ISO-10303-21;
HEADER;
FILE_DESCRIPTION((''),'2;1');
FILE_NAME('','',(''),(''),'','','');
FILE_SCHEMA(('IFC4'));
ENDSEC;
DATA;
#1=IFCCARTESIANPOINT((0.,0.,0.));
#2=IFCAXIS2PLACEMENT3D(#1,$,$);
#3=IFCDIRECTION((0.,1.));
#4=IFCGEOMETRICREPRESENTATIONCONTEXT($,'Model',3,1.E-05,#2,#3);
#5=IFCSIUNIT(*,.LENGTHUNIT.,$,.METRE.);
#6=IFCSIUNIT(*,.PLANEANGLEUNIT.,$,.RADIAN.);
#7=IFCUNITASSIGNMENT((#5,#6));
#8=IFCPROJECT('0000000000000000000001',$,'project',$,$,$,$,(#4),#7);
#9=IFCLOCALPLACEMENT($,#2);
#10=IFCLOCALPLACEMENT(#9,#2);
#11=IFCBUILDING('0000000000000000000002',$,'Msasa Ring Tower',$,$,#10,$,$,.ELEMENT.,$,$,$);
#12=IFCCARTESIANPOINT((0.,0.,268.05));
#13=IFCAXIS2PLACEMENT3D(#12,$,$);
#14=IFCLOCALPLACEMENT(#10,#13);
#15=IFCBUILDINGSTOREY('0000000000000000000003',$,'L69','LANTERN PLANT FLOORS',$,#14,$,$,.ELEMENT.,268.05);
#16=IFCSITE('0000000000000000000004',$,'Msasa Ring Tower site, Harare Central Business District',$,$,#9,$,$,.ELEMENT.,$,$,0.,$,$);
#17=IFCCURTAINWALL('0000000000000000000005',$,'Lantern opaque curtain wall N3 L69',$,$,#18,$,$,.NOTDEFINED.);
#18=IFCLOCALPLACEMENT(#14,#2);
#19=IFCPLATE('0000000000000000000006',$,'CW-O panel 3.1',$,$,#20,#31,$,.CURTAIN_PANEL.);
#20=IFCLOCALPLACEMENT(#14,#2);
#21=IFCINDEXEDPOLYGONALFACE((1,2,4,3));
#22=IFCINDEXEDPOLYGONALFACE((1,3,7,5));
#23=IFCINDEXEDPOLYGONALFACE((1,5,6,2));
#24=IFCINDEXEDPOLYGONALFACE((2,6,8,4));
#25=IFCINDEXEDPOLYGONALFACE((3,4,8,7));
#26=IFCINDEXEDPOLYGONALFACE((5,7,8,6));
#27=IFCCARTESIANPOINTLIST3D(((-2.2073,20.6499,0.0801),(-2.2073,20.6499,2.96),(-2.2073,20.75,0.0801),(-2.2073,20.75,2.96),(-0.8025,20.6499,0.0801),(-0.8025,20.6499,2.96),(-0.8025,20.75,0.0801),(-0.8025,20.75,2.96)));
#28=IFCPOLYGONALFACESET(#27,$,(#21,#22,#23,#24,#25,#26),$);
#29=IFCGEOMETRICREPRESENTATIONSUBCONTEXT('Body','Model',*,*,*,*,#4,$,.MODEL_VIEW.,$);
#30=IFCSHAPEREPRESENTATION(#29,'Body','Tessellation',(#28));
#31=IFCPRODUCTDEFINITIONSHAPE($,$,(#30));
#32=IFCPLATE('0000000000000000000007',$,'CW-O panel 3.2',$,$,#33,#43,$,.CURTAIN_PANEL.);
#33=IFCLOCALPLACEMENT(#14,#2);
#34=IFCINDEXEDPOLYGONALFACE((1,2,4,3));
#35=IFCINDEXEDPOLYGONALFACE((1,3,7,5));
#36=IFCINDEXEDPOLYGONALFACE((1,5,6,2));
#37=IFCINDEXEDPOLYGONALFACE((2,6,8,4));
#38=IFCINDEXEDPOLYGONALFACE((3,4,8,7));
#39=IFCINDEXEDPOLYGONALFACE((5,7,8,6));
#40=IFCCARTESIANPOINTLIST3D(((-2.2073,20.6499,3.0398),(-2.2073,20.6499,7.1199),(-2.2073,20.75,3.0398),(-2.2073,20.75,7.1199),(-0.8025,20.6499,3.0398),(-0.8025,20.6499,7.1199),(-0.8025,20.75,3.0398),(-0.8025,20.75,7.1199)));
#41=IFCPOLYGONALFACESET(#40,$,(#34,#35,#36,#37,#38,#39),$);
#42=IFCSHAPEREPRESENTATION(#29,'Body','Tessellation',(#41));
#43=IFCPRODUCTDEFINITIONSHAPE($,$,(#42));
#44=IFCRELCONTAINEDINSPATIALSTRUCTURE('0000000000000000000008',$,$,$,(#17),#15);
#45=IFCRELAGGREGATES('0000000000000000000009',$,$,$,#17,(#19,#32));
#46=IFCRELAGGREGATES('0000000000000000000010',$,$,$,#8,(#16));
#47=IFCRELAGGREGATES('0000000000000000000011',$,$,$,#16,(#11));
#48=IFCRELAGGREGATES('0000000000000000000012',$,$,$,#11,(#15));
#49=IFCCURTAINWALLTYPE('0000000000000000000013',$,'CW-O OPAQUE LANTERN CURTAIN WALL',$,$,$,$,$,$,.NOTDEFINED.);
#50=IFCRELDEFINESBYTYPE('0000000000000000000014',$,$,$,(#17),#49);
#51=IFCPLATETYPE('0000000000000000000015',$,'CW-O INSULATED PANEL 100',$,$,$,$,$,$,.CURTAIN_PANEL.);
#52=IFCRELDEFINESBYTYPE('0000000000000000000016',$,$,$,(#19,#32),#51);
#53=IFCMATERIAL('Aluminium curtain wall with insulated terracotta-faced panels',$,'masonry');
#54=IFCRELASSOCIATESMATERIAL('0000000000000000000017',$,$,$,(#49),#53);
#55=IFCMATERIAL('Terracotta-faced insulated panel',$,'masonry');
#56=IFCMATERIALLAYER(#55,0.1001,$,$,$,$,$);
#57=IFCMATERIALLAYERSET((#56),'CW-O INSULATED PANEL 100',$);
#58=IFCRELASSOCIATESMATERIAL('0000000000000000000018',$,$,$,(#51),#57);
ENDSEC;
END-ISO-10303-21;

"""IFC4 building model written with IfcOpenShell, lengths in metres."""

from ifc_helpers import new_model, si_unit, direction, frame, origin, origin_2d, place, context, subcontext, project, spatial, rectangle, extrude, material, layer, layer_set, type_object, element, aggregate, save


model = new_model("IFC4")

# Units and contexts
model_context = context("Model", 3, precision=1e-05, world=origin(), true_north=direction((0.0, 1.0)))
body_context = subcontext(model_context, "Body", "Model", "MODEL_VIEW")
ifc_project = project(units=[si_unit("LENGTHUNIT", "METRE"), si_unit("PLANEANGLEUNIT", "RADIAN")], contexts=[model_context])

# Site, building, storey
site_placement = place(None, origin())
site = spatial("IfcSite", under=ifc_project, at=site_placement, Name="Msasa Ring Tower site, Harare Central Business District", CompositionType="ELEMENT", RefElevation=0.0)
building_placement = place(site_placement, origin())
building = spatial("IfcBuilding", under=site, at=building_placement, Name="Msasa Ring Tower", CompositionType="ELEMENT")
storey_placement = place(building_placement, frame((0.0, 0.0, 268.05)))
storey = spatial("IfcBuildingStorey", under=building, at=storey_placement, Name="L69", Description="LANTERN PLANT FLOORS", CompositionType="ELEMENT", Elevation=268.05)

# Curtain wall
ifc_material_1 = material(Name="Aluminium curtain wall with insulated terracotta-faced panels", Category="masonry")
curtain_wall_type_1 = type_object("IfcCurtainWallType", Name="CW-O OPAQUE LANTERN CURTAIN WALL", PredefinedType="NOTDEFINED", material=ifc_material_1)
curtain_wall_1_placement = place(storey_placement, origin())
curtain_wall_1 = element("IfcCurtainWall", 1, at=curtain_wall_1_placement, inside=storey, type_object=curtain_wall_type_1, Name="Lantern opaque curtain wall N3 L69", PredefinedType="NOTDEFINED")

# Plates
ifc_material_2 = material(Name="Terracotta-faced insulated panel", Category="masonry")
ifc_layer_1 = layer(ifc_material_2, 0.1001)
ifc_layer_set_1 = layer_set([ifc_layer_1], Name="CW-O INSULATED PANEL 100")
plate_type_1 = type_object("IfcPlateType", Name="CW-O INSULATED PANEL 100", PredefinedType="CURTAIN_PANEL", material=ifc_layer_set_1)
plate_1_placement = place(storey_placement, frame((-1.5049, 20.7, 0.0801), z_axis=(0.0, 0.0, 1.0), x_axis=(-1.0, 0.0, 0.0)))
plate_1 = element("IfcPlate", 2, at=plate_1_placement, type_object=plate_type_1, Name="CW-O panel 3.1", PredefinedType="CURTAIN_PANEL", context=body_context, shape_type="SweptSolid", body=[
    extrude(rectangle(XDim=1.4048, YDim=0.1001, at=origin_2d()), origin(), (0.0, 0.0, 1.0), 2.8799),
])
plate_2_placement = place(storey_placement, frame((-1.5049, 20.7, 3.0398), z_axis=(0.0, 0.0, 1.0), x_axis=(-1.0, 0.0, 0.0)))
plate_2 = element("IfcPlate", 3, at=plate_2_placement, type_object=plate_type_1, Name="CW-O panel 3.2", PredefinedType="CURTAIN_PANEL", context=body_context, shape_type="SweptSolid", body=[
    extrude(rectangle(XDim=1.4048, YDim=0.1001, at=origin_2d()), origin(), (0.0, 0.0, 1.0), 4.0801),
])
aggregate(curtain_wall_1, [plate_1, plate_2])

save(model, "model.ifc")
